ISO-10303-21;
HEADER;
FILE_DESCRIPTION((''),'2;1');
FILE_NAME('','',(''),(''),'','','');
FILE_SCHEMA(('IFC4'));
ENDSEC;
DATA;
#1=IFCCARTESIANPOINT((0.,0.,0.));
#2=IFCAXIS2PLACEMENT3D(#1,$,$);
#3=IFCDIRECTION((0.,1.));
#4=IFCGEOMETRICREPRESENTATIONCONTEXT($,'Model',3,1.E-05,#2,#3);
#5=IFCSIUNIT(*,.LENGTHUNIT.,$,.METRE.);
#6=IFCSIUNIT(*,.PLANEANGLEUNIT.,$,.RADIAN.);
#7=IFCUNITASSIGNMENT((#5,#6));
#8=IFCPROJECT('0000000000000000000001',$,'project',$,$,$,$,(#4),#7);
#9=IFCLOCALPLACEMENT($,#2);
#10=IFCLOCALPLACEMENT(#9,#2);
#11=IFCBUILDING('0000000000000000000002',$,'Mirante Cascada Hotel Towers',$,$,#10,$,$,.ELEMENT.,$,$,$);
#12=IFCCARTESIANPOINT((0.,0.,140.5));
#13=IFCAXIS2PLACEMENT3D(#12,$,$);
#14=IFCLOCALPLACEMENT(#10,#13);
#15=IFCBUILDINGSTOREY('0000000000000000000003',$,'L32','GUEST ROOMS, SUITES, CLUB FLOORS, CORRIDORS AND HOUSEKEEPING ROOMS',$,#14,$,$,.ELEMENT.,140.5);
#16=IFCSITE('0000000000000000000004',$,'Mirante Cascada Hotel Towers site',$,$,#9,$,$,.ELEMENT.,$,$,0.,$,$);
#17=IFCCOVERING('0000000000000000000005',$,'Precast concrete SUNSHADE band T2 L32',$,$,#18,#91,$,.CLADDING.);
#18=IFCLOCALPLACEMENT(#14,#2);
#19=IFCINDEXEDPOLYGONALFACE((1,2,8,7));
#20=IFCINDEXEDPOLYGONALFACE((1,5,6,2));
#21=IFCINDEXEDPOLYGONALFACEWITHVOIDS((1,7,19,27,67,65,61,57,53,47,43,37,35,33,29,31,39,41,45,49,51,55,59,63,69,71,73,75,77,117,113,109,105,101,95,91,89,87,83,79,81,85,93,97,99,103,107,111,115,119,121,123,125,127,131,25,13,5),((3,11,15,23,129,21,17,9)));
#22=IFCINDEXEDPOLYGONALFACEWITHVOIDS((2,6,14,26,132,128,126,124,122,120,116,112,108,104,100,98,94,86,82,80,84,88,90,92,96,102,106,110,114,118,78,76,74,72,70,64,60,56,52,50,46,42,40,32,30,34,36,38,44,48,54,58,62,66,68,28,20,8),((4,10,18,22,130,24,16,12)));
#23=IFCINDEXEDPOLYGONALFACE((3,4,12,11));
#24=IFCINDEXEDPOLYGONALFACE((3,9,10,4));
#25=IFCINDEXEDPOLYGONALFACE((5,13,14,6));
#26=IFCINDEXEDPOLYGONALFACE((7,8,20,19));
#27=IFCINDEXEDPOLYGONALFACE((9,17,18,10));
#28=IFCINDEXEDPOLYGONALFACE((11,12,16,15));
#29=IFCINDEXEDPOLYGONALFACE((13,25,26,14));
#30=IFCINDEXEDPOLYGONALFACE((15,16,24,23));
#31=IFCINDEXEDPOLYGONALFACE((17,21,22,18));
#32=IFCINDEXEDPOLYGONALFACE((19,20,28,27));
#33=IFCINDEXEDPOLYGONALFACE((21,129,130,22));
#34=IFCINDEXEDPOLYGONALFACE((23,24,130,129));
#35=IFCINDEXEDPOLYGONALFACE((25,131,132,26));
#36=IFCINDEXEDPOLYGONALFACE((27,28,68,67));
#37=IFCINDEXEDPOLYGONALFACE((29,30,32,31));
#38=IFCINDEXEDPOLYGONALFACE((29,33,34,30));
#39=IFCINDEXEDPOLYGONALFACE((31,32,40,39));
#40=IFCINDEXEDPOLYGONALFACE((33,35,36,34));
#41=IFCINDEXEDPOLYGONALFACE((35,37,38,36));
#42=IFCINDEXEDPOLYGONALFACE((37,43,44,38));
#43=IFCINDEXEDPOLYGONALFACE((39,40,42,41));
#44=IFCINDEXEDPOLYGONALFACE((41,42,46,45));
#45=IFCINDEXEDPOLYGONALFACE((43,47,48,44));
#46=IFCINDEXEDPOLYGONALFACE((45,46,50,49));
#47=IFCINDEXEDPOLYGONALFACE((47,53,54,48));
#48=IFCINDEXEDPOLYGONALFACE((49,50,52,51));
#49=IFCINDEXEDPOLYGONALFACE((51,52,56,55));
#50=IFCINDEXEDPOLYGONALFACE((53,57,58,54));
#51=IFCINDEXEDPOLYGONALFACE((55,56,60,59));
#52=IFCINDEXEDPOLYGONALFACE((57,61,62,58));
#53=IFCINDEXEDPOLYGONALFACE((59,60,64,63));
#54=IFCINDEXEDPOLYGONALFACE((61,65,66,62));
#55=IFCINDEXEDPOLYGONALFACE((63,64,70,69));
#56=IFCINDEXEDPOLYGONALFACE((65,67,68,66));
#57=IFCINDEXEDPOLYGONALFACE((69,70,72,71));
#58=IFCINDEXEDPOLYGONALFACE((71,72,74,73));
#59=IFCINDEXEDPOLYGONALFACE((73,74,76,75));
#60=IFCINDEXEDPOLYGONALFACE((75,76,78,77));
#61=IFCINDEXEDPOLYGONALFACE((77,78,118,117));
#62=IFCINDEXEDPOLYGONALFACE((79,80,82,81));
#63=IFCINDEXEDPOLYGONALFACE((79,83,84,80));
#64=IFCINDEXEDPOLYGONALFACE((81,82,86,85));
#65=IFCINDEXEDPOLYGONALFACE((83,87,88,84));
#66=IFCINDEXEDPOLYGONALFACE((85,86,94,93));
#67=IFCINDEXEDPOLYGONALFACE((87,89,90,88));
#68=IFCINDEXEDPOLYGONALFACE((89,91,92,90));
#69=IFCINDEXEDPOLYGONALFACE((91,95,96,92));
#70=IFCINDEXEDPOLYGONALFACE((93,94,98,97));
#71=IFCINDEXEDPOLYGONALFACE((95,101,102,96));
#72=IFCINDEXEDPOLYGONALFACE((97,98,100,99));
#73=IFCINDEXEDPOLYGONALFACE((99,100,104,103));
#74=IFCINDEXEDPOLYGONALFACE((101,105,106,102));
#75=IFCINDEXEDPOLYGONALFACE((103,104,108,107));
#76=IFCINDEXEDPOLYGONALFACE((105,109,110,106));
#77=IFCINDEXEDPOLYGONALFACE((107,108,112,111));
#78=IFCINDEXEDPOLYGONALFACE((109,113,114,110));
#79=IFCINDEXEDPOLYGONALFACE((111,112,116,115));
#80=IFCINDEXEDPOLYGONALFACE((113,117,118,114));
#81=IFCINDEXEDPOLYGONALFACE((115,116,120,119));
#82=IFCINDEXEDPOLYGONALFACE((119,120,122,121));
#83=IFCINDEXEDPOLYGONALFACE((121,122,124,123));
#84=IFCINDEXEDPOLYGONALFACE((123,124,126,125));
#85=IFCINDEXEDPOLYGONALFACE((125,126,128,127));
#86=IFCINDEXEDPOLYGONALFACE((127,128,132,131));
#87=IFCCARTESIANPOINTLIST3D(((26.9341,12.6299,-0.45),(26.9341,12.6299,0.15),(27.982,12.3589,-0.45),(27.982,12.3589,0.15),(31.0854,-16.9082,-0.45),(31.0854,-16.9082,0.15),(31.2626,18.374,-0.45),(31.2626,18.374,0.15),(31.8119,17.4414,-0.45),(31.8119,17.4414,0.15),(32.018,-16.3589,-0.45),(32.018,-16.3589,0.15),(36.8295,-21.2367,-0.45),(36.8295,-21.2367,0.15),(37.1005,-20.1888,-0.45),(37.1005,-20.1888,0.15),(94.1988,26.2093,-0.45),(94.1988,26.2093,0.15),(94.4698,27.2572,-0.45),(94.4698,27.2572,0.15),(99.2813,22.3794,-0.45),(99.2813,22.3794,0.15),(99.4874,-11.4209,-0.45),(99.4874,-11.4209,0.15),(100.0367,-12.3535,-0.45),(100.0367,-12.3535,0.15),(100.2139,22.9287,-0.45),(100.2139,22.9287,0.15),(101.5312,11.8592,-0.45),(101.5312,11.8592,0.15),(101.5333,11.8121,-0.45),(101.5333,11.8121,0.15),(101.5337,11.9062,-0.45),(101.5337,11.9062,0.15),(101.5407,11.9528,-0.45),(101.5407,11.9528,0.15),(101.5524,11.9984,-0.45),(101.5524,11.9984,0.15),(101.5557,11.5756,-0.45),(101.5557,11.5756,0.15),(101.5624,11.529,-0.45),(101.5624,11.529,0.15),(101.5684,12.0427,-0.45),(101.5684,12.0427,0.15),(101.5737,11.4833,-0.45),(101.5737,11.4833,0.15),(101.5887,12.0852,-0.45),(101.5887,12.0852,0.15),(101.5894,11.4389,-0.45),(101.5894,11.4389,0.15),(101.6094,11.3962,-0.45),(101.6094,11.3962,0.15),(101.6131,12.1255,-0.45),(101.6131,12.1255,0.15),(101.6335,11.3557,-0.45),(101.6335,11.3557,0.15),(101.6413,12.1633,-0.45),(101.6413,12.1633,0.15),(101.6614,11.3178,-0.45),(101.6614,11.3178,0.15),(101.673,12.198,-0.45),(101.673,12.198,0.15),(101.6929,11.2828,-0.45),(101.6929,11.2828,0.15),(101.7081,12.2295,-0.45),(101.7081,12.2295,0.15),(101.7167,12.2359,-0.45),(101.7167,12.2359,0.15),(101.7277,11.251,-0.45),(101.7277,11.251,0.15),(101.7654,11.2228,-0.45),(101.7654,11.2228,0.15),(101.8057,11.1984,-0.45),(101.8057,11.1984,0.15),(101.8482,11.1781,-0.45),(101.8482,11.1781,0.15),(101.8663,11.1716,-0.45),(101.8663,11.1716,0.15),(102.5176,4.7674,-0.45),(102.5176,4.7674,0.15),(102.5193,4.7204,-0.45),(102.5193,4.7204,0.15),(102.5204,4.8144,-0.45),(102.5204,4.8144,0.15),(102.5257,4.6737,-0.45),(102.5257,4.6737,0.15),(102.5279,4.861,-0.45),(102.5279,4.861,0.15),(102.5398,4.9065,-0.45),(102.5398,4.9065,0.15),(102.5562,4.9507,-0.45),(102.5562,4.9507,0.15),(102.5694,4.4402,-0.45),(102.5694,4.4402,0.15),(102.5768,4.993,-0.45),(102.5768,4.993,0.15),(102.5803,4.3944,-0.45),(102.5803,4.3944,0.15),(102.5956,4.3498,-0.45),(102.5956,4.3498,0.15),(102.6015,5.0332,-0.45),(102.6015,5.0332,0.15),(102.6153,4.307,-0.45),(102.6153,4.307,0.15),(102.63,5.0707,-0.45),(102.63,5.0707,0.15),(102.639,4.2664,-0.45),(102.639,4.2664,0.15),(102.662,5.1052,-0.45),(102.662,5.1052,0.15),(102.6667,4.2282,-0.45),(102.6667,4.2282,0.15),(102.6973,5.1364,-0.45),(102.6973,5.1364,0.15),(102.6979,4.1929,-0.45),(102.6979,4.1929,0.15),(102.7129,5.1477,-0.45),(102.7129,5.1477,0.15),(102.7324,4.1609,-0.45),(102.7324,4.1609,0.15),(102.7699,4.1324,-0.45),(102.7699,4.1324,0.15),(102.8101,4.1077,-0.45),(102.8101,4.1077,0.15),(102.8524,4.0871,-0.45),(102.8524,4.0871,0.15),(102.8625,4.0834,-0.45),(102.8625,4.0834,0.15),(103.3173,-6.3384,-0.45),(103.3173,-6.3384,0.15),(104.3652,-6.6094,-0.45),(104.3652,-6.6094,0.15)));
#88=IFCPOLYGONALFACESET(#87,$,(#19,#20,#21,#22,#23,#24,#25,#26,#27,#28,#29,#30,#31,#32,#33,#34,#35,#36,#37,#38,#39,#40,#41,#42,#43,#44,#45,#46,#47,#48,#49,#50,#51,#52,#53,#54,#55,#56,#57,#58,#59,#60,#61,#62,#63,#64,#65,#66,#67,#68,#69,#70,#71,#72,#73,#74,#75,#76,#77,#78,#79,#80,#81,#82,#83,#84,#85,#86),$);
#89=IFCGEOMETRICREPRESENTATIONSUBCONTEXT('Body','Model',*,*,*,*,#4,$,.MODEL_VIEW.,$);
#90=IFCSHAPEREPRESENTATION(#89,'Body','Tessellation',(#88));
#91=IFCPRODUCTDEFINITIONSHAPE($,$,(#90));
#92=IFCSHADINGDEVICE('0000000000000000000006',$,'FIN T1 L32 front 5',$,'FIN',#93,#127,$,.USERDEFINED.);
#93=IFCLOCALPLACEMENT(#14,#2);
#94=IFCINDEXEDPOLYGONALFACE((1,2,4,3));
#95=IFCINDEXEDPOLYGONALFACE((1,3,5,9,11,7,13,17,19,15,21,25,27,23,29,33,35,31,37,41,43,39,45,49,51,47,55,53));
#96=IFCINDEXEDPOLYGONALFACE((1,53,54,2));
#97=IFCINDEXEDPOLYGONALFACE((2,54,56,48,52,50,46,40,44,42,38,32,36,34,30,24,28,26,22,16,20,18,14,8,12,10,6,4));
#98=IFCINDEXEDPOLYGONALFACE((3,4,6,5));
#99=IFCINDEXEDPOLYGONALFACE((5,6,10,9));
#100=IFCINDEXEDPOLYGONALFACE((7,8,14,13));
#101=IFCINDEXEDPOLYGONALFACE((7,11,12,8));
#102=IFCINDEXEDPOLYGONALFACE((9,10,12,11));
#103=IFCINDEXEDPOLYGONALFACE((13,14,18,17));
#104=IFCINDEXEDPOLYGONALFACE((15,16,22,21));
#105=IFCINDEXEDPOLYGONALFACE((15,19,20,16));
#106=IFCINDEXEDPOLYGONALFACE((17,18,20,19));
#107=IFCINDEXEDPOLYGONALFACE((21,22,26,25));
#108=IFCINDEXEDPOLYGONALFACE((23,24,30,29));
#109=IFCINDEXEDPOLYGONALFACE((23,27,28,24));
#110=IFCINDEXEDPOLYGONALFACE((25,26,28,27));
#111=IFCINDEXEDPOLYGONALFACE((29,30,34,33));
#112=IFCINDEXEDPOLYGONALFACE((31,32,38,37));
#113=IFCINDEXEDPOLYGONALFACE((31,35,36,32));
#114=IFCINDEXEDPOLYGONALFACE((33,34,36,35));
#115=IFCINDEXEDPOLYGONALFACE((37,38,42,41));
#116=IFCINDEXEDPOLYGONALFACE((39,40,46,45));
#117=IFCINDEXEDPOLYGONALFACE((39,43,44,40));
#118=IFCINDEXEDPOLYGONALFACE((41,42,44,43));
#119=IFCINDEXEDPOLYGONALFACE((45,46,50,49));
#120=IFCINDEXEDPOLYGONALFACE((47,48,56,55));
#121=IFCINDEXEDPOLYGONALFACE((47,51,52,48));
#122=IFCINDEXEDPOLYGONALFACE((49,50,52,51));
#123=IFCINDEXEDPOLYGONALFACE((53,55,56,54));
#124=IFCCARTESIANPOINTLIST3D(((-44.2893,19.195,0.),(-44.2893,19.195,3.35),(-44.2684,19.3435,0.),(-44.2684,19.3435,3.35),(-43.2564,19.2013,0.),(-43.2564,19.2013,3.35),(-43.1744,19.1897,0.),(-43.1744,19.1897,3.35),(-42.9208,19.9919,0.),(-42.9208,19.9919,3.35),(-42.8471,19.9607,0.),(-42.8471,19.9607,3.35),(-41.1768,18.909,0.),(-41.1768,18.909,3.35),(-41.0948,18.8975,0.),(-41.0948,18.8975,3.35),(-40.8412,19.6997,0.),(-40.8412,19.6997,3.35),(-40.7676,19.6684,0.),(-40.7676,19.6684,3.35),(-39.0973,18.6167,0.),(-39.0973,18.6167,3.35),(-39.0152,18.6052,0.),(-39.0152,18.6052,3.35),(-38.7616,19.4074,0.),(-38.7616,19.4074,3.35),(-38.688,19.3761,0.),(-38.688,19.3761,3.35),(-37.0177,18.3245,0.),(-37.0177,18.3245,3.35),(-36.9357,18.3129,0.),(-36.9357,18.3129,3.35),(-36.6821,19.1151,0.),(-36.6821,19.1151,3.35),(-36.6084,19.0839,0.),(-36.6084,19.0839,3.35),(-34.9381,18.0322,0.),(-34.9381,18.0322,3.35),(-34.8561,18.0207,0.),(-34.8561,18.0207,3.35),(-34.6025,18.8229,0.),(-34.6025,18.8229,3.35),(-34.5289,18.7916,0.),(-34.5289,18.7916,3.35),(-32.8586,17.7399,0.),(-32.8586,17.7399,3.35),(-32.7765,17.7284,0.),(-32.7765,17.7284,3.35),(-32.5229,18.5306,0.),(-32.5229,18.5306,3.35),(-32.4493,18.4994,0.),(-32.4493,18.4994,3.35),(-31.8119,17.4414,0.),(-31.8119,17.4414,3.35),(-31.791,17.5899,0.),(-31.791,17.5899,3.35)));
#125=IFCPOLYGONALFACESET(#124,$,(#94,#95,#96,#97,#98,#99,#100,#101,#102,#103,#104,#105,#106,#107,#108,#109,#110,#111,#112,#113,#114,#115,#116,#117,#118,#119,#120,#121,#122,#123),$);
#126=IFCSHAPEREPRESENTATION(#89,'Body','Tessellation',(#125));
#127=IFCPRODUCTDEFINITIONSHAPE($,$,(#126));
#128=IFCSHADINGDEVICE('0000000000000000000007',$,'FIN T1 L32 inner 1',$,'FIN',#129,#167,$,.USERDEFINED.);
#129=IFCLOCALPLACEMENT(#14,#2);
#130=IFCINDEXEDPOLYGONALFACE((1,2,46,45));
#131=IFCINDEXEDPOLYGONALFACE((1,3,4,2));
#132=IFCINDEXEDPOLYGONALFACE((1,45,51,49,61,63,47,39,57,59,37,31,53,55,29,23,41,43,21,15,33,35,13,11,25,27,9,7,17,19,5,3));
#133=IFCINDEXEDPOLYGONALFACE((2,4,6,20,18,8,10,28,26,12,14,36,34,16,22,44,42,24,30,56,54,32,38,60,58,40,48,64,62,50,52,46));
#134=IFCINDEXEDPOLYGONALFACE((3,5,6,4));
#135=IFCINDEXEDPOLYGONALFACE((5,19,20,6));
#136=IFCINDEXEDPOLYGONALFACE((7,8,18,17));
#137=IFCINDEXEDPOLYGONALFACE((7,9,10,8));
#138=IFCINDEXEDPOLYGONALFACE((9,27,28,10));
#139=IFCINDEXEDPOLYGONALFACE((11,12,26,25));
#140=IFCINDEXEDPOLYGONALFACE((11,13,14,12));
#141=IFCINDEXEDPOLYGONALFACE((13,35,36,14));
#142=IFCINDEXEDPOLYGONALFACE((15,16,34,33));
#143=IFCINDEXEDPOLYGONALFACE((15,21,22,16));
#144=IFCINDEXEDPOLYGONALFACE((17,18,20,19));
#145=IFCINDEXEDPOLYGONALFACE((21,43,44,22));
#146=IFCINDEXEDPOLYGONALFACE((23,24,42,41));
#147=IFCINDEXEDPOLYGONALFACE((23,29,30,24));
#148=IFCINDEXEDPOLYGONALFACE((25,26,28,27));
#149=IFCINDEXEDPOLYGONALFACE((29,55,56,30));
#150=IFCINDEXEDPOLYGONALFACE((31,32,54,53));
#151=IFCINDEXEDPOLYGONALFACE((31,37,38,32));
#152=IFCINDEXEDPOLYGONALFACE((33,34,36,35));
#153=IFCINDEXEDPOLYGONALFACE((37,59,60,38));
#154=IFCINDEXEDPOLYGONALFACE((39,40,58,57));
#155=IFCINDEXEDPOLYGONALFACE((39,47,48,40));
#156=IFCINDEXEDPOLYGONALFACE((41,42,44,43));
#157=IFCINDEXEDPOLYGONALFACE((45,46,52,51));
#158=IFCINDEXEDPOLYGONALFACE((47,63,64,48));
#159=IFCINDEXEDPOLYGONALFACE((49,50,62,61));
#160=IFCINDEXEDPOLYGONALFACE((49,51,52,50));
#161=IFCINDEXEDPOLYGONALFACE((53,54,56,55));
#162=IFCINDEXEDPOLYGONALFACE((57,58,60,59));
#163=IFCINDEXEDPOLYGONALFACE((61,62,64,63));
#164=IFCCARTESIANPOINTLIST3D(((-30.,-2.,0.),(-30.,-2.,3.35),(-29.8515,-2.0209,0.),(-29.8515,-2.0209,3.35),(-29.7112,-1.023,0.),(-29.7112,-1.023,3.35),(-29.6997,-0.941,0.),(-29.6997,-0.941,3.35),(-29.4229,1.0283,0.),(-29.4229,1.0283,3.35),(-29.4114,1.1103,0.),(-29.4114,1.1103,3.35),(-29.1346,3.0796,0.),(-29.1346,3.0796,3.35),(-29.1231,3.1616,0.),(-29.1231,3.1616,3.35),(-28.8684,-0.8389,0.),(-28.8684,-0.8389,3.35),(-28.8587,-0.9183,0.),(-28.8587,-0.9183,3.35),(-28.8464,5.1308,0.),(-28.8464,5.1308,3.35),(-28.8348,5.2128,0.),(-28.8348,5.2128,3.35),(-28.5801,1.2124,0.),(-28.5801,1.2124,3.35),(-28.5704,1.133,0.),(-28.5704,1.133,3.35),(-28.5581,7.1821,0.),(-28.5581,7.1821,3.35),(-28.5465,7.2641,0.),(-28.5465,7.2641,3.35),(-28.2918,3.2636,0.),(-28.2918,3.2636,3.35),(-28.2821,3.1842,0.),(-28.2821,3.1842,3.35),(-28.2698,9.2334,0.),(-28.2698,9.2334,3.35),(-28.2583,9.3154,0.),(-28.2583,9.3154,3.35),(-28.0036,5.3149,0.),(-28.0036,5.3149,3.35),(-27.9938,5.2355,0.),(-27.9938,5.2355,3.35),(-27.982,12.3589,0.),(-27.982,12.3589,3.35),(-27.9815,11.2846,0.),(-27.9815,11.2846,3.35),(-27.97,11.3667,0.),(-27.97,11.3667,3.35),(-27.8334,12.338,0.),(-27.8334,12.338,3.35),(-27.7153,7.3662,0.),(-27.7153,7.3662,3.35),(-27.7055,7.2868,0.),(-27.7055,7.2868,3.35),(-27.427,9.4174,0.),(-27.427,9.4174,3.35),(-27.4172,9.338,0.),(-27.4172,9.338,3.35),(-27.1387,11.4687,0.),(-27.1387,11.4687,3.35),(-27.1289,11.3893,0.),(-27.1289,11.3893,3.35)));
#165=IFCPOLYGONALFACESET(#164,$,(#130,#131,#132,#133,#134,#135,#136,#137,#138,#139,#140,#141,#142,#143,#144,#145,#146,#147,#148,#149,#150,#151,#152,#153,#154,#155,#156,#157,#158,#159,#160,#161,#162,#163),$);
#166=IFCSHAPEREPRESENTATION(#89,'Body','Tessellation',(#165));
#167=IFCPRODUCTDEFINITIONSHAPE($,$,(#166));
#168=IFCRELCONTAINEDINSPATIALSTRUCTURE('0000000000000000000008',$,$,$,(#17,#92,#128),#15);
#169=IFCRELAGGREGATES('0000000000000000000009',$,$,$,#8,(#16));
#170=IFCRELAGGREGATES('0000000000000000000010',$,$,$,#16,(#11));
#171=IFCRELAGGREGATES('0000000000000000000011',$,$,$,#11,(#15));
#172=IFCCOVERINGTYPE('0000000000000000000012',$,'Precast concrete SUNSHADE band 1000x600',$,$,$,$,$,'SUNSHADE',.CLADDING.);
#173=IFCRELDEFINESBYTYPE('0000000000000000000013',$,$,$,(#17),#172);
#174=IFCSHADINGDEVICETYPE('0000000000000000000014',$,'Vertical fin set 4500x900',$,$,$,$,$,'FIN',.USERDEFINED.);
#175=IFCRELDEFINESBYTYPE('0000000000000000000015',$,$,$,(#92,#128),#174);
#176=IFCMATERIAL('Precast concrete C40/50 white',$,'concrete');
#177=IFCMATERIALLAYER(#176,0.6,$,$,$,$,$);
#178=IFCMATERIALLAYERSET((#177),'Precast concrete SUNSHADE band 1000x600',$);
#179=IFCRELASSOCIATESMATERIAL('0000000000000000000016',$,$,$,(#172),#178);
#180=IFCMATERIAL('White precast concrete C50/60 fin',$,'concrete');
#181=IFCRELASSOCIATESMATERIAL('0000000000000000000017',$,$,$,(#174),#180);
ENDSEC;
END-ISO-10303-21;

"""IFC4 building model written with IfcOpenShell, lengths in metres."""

from ifc_helpers import new_model, si_unit, direction, frame, origin, place, context, subcontext, project, spatial, polyline, outline, extrude, material, layer, layer_set, type_object, element, save


model = new_model("IFC4")

# Units and contexts
model_context = context("Model", 3, precision=1e-05, world=origin(), true_north=direction((0.0, 1.0)))
body_context = subcontext(model_context, "Body", "Model", "MODEL_VIEW")
ifc_project = project(units=[si_unit("LENGTHUNIT", "METRE"), si_unit("PLANEANGLEUNIT", "RADIAN")], contexts=[model_context])

# Site, building, storey
site_placement = place(None, origin())
site = spatial("IfcSite", under=ifc_project, at=site_placement, Name="Mirante Cascada Hotel Towers site", CompositionType="ELEMENT", RefElevation=0.0)
building_placement = place(site_placement, origin())
building = spatial("IfcBuilding", under=site, at=building_placement, Name="Mirante Cascada Hotel Towers", CompositionType="ELEMENT")
storey_placement = place(building_placement, frame((0.0, 0.0, 140.5)))
storey = spatial("IfcBuildingStorey", under=building, at=storey_placement, Name="L32", Description="GUEST ROOMS, SUITES, CLUB FLOORS, CORRIDORS AND HOUSEKEEPING ROOMS", CompositionType="ELEMENT", Elevation=140.5)

# Covering
ifc_material_1 = material(Name="Precast concrete C40/50 white", Category="concrete")
ifc_layer_1 = layer(ifc_material_1, 0.6)
ifc_layer_set_1 = layer_set([ifc_layer_1], Name="Precast concrete SUNSHADE band 1000x600")
covering_type = type_object("IfcCoveringType", Name="Precast concrete SUNSHADE band 1000x600", ElementType="SUNSHADE", PredefinedType="CLADDING", material=ifc_layer_set_1)
covering_placement = place(storey_placement, frame((0.0, 0.0, -0.45)))
element("IfcCovering", 1, at=covering_placement, inside=storey, type_object=covering_type, Name="Precast concrete SUNSHADE band T2 L32", PredefinedType="CLADDING", context=body_context, shape_type="SweptSolid", body=[
    extrude(outline(polyline([(26.9341, 12.6299), (31.2626, 18.374), (94.4698, 27.2572), (100.2139, 22.9287), (101.7167, 12.2359), (101.7081, 12.2295), (101.673, 12.198), (101.6413, 12.1633), (101.6131, 12.1255), (101.5887, 12.0852), (101.5684, 12.0427), (101.5524, 11.9984), (101.5407, 11.9528), (101.5337, 11.9062), (101.5312, 11.8592), (101.5333, 11.8121), (101.5557, 11.5756), (101.5624, 11.529), (101.5737, 11.4833), (101.5894, 11.4389), (101.6094, 11.3962), (101.6335, 11.3557), (101.6614, 11.3178), (101.6929, 11.2828), (101.7277, 11.251), (101.7654, 11.2228), (101.8057, 11.1984), (101.8482, 11.1781), (101.8663, 11.1716), (102.7129, 5.1477), (102.6973, 5.1364), (102.662, 5.1052), (102.63, 5.0707), (102.6015, 5.0332), (102.5768, 4.993), (102.5562, 4.9507), (102.5398, 4.9065), (102.5279, 4.861), (102.5204, 4.8144), (102.5176, 4.7674), (102.5193, 4.7204), (102.5257, 4.6737), (102.5694, 4.4402), (102.5803, 4.3944), (102.5956, 4.3498), (102.6153, 4.307), (102.639, 4.2664), (102.6667, 4.2282), (102.6979, 4.1929), (102.7324, 4.1609), (102.7699, 4.1324), (102.8101, 4.1077), (102.8524, 4.0871), (102.8625, 4.0834), (104.3652, -6.6094), (100.0367, -12.3535), (36.8295, -21.2367), (31.0854, -16.9082), (26.9341, 12.6299)]), holes=[polyline([(103.3173, -6.3384), (99.2813, 22.3794), (94.1988, 26.2093), (31.8119, 17.4414), (27.982, 12.3589), (32.018, -16.3589), (37.1005, -20.1888), (99.4874, -11.4209), (103.3173, -6.3384)])]), origin(), (0.0, 0.0, 1.0), 0.6),
])

# Shading devices
ifc_material_2 = material(Name="White precast concrete C50/60 fin", Category="concrete")
shading_device_type = type_object("IfcShadingDeviceType", Name="Vertical fin set 4500x900", ElementType="FIN", PredefinedType="USERDEFINED", material=ifc_material_2)
shading_device_1_placement = place(storey_placement, origin())
element("IfcShadingDevice", 2, at=shading_device_1_placement, inside=storey, type_object=shading_device_type, Name="FIN T1 L32 front 5", ObjectType="FIN", PredefinedType="USERDEFINED", context=body_context, shape_type="SweptSolid", body=[
    extrude(outline(polyline([(-32.4493, 18.4994), (-32.7765, 17.7284), (-31.791, 17.5899), (-31.8119, 17.4414), (-44.2893, 19.195), (-44.2684, 19.3435), (-43.2564, 19.2013), (-42.9208, 19.9919), (-42.8471, 19.9607), (-43.1744, 19.1897), (-41.1768, 18.909), (-40.8412, 19.6997), (-40.7676, 19.6684), (-41.0948, 18.8975), (-39.0973, 18.6167), (-38.7616, 19.4074), (-38.688, 19.3761), (-39.0152, 18.6052), (-37.0177, 18.3245), (-36.6821, 19.1151), (-36.6084, 19.0839), (-36.9357, 18.3129), (-34.9381, 18.0322), (-34.6025, 18.8229), (-34.5289, 18.7916), (-34.8561, 18.0207), (-32.8586, 17.7399), (-32.5229, 18.5306), (-32.4493, 18.4994)])), origin(), (0.0, 0.0, 1.0), 3.35),
])
shading_device_2_placement = place(storey_placement, origin())
element("IfcShadingDevice", 3, at=shading_device_2_placement, inside=storey, type_object=shading_device_type, Name="FIN T1 L32 inner 1", ObjectType="FIN", PredefinedType="USERDEFINED", context=body_context, shape_type="SweptSolid", body=[
    extrude(outline(polyline([(-29.7112, -1.023), (-29.8515, -2.0209), (-30.0, -2.0), (-27.982, 12.3589), (-27.8334, 12.338), (-27.97, 11.3667), (-27.1387, 11.4687), (-27.1289, 11.3893), (-27.9815, 11.2846), (-28.2583, 9.3154), (-27.427, 9.4174), (-27.4172, 9.338), (-28.2698, 9.2334), (-28.5465, 7.2641), (-27.7153, 7.3662), (-27.7055, 7.2868), (-28.5581, 7.1821), (-28.8348, 5.2128), (-28.0036, 5.3149), (-27.9938, 5.2355), (-28.8464, 5.1308), (-29.1231, 3.1616), (-28.2918, 3.2636), (-28.2821, 3.1842), (-29.1346, 3.0796), (-29.4114, 1.1103), (-28.5801, 1.2124), (-28.5704, 1.133), (-29.4229, 1.0283), (-29.6997, -0.941), (-28.8684, -0.8389), (-28.8587, -0.9183), (-29.7112, -1.023)])), origin(), (0.0, 0.0, 1.0), 3.35),
])

save(model, "model.ifc")
